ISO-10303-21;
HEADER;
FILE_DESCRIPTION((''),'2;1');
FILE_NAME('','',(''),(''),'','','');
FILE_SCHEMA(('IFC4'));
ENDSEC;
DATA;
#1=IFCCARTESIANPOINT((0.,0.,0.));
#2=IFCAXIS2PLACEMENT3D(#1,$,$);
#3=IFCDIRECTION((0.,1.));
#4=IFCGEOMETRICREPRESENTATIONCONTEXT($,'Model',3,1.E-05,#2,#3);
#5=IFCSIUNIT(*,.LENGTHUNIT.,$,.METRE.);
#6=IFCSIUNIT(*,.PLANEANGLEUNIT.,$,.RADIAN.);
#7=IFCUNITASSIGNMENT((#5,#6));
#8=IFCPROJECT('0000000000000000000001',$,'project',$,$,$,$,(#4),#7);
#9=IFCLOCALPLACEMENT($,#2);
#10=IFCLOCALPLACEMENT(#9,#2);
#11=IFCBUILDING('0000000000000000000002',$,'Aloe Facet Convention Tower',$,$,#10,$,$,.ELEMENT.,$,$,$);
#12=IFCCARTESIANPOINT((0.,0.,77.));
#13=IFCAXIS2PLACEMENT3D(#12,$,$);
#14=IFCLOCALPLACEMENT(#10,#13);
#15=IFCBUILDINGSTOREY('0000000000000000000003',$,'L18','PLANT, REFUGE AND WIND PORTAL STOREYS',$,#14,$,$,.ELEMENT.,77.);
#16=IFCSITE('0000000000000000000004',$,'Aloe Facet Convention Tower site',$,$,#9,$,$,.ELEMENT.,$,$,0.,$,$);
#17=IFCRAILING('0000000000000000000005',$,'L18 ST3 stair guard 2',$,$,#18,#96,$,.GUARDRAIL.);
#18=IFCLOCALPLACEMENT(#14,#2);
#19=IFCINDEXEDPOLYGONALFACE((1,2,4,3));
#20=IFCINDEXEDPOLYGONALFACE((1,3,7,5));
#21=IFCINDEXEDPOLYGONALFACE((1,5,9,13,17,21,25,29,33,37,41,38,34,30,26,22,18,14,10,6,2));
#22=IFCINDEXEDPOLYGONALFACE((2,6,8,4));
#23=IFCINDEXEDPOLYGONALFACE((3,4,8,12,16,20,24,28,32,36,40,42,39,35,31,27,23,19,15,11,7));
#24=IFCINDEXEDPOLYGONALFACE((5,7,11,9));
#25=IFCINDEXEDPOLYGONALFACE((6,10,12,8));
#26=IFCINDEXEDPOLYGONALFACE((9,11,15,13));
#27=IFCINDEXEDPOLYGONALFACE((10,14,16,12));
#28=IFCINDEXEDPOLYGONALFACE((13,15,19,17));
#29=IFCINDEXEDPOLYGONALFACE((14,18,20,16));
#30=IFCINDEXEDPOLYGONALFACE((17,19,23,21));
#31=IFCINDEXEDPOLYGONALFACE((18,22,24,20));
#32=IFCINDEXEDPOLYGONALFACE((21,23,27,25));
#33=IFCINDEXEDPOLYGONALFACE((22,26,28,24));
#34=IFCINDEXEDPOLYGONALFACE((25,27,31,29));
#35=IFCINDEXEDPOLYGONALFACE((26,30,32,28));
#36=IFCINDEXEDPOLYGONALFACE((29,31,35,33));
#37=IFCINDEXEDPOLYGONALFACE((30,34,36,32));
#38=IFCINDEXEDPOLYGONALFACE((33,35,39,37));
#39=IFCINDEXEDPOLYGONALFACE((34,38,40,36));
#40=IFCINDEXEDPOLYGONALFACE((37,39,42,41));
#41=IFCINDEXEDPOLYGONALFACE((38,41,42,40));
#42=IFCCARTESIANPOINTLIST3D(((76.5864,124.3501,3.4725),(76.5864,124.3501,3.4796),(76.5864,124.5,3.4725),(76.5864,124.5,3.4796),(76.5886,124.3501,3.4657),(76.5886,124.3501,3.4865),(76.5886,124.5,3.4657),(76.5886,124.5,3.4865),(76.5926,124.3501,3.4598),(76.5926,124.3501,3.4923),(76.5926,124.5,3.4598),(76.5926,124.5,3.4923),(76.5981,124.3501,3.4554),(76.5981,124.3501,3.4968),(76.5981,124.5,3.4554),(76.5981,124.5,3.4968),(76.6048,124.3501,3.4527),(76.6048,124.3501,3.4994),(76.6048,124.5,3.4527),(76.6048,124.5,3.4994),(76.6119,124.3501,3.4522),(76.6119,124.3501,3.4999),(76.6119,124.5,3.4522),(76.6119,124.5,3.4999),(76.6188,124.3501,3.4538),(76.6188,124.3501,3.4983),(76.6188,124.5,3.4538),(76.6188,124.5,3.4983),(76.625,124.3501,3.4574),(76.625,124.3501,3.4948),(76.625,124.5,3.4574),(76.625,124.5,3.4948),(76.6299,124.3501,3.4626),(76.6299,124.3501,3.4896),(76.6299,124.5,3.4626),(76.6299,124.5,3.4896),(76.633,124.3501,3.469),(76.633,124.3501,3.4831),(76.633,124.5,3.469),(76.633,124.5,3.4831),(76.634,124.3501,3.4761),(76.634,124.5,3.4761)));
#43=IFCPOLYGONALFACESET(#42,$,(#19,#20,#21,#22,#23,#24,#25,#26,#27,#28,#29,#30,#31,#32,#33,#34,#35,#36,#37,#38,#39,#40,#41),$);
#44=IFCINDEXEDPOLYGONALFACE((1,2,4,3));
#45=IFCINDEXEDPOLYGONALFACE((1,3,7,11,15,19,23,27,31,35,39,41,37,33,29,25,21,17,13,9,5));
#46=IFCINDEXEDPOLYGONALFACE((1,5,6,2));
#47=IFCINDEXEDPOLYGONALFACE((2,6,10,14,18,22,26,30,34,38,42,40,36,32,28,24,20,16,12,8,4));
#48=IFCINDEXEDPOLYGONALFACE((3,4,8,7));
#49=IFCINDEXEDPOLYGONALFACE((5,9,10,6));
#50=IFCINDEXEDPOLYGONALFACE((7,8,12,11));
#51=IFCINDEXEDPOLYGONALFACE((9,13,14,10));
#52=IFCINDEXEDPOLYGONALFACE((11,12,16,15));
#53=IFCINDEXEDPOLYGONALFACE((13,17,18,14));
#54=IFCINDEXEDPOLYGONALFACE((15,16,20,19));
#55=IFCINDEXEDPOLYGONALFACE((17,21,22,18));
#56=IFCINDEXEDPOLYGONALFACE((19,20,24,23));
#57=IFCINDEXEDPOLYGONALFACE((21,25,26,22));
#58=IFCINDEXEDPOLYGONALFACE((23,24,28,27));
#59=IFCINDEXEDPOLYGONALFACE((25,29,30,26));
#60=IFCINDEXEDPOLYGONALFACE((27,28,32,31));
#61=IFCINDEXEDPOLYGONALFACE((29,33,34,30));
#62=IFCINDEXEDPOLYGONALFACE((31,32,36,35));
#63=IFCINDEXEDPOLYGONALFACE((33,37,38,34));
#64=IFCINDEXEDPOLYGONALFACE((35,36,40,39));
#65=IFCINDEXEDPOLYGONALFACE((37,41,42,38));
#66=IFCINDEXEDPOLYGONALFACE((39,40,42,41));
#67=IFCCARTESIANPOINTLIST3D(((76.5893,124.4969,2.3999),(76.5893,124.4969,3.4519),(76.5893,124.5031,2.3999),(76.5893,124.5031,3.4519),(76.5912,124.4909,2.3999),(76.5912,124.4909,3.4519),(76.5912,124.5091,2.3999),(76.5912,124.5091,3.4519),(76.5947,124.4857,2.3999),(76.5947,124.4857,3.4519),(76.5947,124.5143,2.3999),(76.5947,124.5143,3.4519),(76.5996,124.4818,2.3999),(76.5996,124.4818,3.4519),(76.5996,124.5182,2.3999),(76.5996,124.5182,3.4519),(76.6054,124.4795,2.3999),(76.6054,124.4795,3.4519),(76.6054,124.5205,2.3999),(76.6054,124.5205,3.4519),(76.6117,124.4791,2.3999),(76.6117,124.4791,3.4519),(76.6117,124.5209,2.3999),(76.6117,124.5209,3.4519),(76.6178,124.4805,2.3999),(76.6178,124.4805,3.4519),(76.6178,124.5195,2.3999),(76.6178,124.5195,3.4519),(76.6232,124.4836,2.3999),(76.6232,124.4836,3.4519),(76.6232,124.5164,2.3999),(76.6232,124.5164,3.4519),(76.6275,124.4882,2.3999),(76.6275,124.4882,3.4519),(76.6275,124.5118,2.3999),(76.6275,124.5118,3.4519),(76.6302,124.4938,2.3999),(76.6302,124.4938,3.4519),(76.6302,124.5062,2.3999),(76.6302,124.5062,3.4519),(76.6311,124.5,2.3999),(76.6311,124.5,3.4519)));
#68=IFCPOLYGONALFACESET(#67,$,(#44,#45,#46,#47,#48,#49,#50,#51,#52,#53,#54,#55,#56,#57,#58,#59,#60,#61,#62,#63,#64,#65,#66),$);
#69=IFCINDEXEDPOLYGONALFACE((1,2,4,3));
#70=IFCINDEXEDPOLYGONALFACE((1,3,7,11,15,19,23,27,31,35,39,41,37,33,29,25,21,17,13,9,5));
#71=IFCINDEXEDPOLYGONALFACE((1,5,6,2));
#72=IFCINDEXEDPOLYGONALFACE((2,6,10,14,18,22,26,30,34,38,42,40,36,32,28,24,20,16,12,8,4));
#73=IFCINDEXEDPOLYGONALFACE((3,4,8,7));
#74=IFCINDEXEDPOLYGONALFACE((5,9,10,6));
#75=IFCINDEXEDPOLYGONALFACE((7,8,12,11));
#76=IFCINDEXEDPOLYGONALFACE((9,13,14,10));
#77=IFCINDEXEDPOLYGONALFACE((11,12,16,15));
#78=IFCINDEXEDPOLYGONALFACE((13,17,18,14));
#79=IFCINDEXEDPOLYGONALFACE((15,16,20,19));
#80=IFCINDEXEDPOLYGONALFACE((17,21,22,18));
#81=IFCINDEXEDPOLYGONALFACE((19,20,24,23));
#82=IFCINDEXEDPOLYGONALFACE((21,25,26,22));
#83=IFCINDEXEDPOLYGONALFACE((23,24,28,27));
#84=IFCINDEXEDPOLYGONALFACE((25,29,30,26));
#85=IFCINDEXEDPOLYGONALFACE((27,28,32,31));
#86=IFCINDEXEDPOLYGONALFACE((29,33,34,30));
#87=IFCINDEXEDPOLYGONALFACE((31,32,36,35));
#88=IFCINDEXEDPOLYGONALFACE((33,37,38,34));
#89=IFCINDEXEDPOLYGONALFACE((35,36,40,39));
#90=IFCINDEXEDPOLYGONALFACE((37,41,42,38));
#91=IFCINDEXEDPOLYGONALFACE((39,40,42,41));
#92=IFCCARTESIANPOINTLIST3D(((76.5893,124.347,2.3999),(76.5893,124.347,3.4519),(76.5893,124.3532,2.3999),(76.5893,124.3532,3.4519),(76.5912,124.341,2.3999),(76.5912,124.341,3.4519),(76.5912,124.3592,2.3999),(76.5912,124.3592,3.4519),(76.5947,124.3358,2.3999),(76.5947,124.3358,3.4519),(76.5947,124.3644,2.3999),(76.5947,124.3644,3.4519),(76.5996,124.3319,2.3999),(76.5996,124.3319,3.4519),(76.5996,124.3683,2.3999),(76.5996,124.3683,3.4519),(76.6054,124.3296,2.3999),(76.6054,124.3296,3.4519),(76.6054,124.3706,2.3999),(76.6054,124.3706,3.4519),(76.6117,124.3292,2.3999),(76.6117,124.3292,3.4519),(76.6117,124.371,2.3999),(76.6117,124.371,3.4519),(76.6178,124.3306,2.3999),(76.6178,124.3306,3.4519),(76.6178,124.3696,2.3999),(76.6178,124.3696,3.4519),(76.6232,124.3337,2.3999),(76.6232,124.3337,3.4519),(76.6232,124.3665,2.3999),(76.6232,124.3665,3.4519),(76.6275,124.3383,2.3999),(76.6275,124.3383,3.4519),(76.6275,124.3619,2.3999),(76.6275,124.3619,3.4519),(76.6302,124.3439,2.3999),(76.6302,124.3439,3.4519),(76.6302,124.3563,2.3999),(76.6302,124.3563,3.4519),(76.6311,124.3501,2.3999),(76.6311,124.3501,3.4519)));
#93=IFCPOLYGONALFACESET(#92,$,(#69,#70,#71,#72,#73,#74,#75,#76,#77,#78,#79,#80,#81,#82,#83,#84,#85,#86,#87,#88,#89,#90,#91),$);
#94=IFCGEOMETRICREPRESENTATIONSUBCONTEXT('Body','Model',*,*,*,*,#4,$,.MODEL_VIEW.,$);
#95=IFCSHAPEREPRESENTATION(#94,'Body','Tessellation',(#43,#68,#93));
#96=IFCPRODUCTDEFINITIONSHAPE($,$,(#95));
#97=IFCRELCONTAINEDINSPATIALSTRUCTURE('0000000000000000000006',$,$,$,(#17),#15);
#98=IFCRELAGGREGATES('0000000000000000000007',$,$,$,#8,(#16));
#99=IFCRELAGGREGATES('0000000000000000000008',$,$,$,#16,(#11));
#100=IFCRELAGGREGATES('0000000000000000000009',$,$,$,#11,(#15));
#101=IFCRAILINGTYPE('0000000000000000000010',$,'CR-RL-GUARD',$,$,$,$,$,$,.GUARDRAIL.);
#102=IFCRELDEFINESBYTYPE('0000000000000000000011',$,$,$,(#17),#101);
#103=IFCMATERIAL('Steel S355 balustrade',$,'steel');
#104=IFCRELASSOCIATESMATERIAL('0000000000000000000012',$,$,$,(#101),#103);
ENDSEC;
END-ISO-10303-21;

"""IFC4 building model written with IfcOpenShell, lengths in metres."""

from ifc_helpers import new_model, si_unit, direction, frame, origin, origin_2d, place, context, subcontext, project, spatial, circle, extrude, material, type_object, element, save


model = new_model("IFC4")

# Units and contexts
model_context = context("Model", 3, precision=1e-05, world=origin(), true_north=direction((0.0, 1.0)))
body_context = subcontext(model_context, "Body", "Model", "MODEL_VIEW")
ifc_project = project(units=[si_unit("LENGTHUNIT", "METRE"), si_unit("PLANEANGLEUNIT", "RADIAN")], contexts=[model_context])

# Site, building, storey
site_placement = place(None, origin())
site = spatial("IfcSite", under=ifc_project, at=site_placement, Name="Aloe Facet Convention Tower site", CompositionType="ELEMENT", RefElevation=0.0)
building_placement = place(site_placement, origin())
building = spatial("IfcBuilding", under=site, at=building_placement, Name="Aloe Facet Convention Tower", CompositionType="ELEMENT")
storey_placement = place(building_placement, frame((0.0, 0.0, 77.0)))
storey = spatial("IfcBuildingStorey", under=building, at=storey_placement, Name="L18", Description="PLANT, REFUGE AND WIND PORTAL STOREYS", CompositionType="ELEMENT", Elevation=77.0)

# Railing
ifc_material_1 = material(Name="Steel S355 balustrade", Category="steel")
railing_type_1 = type_object("IfcRailingType", Name="CR-RL-GUARD", PredefinedType="GUARDRAIL", material=ifc_material_1)
railing_1_placement = place(storey_placement, frame((76.6101, 124.5, 2.3999)))
element("IfcRailing", 1, at=railing_1_placement, inside=storey, type_object=railing_type_1, Name="L18 ST3 stair guard 2", PredefinedType="GUARDRAIL", context=body_context, shape_type="SweptSolid", body=[
    extrude(circle(Radius=0.0239, at=origin_2d()), frame((0.0, 0.0, 1.0762), z_axis=(0.0, -1.0, 0.0), x_axis=(1.0, 0.0, 0.0)), (0.0, 0.0, 1.0), 0.1499),
    extrude(circle(Radius=0.021, at=origin_2d()), origin(), (0.0, 0.0, 1.0), 1.052),
    extrude(circle(Radius=0.021, at=origin_2d()), frame((0.0, -0.1499, 0.0)), (0.0, 0.0, 1.0), 1.052),
])

save(model, "model.ifc")
